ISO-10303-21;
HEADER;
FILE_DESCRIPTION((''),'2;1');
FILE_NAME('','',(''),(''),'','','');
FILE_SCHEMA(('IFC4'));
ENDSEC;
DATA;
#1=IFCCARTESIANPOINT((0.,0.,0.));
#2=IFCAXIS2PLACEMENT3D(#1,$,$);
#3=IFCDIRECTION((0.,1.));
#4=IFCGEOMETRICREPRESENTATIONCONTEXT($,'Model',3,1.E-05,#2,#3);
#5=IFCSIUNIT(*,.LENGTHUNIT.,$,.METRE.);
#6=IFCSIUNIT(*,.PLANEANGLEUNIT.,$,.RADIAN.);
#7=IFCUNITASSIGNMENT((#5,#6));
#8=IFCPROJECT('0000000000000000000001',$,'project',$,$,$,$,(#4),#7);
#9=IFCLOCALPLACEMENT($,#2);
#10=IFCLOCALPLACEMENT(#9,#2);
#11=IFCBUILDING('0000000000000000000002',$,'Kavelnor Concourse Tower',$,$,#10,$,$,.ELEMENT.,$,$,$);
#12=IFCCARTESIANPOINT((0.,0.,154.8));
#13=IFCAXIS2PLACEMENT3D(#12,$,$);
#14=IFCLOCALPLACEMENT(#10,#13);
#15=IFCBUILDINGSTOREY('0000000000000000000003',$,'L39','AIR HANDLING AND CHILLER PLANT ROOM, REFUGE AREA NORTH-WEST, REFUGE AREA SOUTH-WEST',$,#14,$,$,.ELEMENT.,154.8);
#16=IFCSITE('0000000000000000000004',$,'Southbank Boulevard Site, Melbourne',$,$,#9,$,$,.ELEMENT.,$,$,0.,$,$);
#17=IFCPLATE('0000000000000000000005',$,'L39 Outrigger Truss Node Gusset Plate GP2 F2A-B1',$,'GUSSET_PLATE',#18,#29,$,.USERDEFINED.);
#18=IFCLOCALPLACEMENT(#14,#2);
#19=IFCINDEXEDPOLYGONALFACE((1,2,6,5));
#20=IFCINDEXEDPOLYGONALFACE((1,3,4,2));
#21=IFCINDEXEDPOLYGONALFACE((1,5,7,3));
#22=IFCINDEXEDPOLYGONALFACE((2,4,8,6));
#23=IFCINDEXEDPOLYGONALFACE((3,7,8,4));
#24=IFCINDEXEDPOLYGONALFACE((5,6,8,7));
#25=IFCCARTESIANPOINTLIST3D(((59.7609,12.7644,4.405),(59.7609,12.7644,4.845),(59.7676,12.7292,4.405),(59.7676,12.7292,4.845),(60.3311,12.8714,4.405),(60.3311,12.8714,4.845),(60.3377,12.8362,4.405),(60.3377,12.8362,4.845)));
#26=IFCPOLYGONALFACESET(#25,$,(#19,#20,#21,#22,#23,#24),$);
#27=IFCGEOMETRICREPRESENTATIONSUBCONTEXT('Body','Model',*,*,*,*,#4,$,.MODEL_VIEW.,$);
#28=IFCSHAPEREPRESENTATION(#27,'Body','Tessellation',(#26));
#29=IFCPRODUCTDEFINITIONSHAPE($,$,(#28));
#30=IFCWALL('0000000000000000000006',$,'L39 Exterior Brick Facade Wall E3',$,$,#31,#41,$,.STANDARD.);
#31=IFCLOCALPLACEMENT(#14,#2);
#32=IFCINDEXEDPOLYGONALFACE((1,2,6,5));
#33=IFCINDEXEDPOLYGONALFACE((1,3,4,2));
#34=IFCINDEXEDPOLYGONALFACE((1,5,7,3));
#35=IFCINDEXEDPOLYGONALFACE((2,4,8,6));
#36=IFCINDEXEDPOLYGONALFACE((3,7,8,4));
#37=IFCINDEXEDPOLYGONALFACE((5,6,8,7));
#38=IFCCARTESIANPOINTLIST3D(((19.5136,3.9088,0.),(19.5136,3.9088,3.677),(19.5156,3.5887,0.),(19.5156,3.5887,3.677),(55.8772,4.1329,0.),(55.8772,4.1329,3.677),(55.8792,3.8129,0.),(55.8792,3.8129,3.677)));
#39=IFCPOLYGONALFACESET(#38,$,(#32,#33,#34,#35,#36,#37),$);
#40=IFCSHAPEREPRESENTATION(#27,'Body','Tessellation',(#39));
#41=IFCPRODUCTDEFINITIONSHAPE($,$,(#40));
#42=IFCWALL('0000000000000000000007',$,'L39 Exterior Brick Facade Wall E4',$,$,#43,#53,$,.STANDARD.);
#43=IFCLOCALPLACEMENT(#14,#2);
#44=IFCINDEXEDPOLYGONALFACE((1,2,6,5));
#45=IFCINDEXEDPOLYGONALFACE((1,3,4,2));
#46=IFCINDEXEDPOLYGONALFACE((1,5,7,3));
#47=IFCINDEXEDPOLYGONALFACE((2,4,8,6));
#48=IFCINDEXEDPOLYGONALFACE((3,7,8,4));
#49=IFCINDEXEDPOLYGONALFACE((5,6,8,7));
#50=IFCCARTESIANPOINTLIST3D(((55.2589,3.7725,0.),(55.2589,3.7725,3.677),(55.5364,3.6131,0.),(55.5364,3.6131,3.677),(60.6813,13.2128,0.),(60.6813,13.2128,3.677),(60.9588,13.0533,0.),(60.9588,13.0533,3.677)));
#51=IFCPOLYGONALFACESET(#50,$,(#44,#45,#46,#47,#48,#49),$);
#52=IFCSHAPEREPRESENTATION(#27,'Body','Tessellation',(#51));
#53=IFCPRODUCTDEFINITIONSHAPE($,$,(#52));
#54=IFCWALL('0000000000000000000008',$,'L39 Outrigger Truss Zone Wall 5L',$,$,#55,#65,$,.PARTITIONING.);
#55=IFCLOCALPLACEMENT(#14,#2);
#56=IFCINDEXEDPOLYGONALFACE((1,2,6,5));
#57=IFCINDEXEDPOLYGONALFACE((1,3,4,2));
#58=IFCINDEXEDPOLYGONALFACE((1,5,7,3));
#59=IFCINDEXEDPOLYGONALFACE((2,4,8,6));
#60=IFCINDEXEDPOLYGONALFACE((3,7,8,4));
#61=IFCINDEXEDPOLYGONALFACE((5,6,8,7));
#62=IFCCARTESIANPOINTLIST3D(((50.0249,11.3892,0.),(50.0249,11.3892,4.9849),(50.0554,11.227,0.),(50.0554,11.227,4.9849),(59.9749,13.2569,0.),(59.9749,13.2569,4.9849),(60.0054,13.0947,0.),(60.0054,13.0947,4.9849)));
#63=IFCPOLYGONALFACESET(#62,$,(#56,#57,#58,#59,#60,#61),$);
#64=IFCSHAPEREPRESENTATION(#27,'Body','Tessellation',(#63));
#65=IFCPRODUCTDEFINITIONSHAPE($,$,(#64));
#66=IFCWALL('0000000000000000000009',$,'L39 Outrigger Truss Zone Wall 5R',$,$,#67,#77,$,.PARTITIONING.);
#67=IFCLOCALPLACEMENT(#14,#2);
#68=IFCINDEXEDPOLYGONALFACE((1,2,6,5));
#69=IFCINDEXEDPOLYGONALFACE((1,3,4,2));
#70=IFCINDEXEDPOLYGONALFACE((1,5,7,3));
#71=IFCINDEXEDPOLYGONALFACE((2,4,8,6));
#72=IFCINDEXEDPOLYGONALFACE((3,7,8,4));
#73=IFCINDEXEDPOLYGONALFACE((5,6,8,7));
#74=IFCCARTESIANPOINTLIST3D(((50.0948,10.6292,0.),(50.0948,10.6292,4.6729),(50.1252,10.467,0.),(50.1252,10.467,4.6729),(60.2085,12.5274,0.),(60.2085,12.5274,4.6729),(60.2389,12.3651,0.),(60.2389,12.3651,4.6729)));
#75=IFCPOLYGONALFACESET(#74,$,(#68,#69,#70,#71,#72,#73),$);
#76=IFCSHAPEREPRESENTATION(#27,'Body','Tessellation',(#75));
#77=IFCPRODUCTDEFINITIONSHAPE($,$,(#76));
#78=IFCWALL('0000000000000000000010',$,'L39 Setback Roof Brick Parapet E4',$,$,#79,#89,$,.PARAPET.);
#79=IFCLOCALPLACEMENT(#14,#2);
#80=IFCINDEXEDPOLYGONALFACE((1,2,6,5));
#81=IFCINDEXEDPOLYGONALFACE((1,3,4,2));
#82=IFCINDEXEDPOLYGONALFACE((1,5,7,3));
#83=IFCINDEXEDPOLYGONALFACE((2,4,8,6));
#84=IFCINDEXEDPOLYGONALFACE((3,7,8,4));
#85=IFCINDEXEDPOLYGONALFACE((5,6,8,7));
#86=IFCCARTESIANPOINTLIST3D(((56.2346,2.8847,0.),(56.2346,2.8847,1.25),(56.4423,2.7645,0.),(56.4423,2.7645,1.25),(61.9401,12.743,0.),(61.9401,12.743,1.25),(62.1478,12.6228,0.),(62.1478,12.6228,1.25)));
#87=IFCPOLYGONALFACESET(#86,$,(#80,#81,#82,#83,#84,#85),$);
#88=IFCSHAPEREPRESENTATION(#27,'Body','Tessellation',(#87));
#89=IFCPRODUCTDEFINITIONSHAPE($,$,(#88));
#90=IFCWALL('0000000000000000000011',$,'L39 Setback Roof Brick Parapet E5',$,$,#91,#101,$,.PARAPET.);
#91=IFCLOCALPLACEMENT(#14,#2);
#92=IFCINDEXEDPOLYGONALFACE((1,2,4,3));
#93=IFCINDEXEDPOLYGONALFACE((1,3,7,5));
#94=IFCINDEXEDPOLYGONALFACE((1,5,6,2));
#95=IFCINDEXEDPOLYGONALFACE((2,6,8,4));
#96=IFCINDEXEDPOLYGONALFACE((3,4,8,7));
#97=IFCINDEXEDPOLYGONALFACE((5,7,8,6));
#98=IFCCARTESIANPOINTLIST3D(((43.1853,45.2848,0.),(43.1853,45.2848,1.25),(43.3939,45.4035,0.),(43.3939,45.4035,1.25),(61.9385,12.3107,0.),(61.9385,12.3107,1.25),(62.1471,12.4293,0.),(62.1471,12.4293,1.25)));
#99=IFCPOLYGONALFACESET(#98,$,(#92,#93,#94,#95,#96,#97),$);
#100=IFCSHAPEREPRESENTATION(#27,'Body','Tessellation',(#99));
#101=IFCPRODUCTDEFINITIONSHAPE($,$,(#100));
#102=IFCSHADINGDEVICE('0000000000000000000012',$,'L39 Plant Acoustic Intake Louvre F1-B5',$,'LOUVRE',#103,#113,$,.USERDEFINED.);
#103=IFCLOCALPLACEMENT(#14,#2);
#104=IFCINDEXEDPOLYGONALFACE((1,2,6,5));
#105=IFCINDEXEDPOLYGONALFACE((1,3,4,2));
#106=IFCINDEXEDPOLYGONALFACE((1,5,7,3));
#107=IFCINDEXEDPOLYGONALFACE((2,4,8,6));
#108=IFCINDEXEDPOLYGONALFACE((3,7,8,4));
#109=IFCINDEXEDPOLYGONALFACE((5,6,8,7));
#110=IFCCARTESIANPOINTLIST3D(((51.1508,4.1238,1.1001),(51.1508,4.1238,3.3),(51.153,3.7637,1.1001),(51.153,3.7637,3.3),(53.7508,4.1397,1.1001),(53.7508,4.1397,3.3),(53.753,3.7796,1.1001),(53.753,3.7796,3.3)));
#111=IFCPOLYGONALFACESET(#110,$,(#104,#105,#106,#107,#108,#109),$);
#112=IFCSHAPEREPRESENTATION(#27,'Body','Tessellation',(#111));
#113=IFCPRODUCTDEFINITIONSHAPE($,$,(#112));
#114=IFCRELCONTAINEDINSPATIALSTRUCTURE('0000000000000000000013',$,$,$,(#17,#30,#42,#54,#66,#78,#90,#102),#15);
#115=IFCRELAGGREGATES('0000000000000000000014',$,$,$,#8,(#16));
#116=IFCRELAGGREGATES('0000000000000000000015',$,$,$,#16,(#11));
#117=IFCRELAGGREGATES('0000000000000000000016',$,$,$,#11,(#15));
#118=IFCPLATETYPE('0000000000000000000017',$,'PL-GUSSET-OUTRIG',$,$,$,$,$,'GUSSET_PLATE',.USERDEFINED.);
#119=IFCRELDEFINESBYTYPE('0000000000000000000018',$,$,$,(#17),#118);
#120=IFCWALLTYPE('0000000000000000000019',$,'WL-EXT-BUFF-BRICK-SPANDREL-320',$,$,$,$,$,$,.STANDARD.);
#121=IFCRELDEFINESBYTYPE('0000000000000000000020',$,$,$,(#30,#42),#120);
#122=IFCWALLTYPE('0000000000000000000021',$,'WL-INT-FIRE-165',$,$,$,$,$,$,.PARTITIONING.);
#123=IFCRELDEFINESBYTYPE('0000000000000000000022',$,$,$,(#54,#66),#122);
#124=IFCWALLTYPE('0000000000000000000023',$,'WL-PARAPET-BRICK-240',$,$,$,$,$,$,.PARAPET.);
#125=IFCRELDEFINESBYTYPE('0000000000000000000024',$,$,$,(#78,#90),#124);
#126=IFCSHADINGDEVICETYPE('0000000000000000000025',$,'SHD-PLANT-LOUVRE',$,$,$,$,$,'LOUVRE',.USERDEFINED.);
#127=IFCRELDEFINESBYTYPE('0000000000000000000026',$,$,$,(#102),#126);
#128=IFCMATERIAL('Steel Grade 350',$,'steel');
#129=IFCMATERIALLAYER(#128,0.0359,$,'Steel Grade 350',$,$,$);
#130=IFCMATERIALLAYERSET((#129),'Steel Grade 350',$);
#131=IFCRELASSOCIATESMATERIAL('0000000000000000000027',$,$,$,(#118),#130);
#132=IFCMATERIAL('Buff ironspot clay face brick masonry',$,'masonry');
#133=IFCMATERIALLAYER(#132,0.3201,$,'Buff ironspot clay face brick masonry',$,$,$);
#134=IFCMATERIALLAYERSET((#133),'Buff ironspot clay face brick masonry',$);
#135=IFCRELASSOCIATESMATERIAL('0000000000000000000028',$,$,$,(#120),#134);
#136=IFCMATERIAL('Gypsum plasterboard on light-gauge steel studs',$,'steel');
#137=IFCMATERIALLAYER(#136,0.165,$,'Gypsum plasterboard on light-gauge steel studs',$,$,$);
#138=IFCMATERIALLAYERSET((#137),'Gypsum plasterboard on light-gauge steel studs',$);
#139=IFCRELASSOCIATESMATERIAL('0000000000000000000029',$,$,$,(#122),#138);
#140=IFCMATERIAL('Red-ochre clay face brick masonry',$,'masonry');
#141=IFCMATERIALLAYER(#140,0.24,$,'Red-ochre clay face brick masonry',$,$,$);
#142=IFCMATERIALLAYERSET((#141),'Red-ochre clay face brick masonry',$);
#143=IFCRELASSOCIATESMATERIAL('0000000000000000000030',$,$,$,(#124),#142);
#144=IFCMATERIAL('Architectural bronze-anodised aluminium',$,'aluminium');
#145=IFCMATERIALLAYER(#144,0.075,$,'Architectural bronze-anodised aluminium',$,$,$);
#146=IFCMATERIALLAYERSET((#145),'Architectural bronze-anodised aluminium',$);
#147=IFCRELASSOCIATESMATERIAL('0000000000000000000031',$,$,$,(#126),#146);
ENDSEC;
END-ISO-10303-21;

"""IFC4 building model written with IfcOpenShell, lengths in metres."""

from ifc_helpers import new_model, si_unit, direction, frame, frame_2d, origin, origin_2d, place, context, subcontext, project, spatial, rectangle, extrude, material, layer, layer_set, type_object, element, save


model = new_model("IFC4")

# Units and contexts
model_context = context("Model", 3, precision=1e-05, world=origin(), true_north=direction((0.0, 1.0)))
body_context = subcontext(model_context, "Body", "Model", "MODEL_VIEW")
ifc_project = project(units=[si_unit("LENGTHUNIT", "METRE"), si_unit("PLANEANGLEUNIT", "RADIAN")], contexts=[model_context])

# Site, building, storey
site_placement = place(None, origin())
site = spatial("IfcSite", under=ifc_project, at=site_placement, Name="Southbank Boulevard Site, Melbourne", CompositionType="ELEMENT", RefElevation=0.0)
building_placement = place(site_placement, origin())
building = spatial("IfcBuilding", under=site, at=building_placement, Name="Kavelnor Concourse Tower", CompositionType="ELEMENT")
storey_placement = place(building_placement, frame((0.0, 0.0, 154.8)))
storey = spatial("IfcBuildingStorey", under=building, at=storey_placement, Name="L39", Description="AIR HANDLING AND CHILLER PLANT ROOM, REFUGE AREA NORTH-WEST, REFUGE AREA SOUTH-WEST", CompositionType="ELEMENT", Elevation=154.8)

# Shared definitions
ifc_material_1 = material(Name="Steel Grade 350", Category="steel")

# Plate
ifc_layer_1 = layer(ifc_material_1, 0.0359, Name="Steel Grade 350")
ifc_layer_set_1 = layer_set([ifc_layer_1], Name="Steel Grade 350")
plate_type = type_object("IfcPlateType", Name="PL-GUSSET-OUTRIG", ElementType="GUSSET_PLATE", PredefinedType="USERDEFINED", material=ifc_layer_set_1)
for number, where, z_axis, x_axis, name in (
    (1, (60.0493, 12.8003, 4.405), (0.0, 0.0, 1.0), (0.982839, 0.184466, 0.0), "L39 Outrigger Truss Node Gusset Plate GP2 F2A-B1"),
):
    element("IfcPlate", number, at=place(storey_placement, frame(where, z_axis=z_axis, x_axis=x_axis)), inside=storey, type_object=plate_type, Name=name, ObjectType="GUSSET_PLATE", PredefinedType="USERDEFINED", context=body_context, shape_type="SweptSolid", body=[
        extrude(rectangle(XDim=0.5801, YDim=0.0359, at=origin_2d()), origin(), (0.0, 0.0, 1.0), 0.4399),
    ])

# Walls
ifc_material_2 = material(Name="Buff ironspot clay face brick masonry", Category="masonry")
ifc_layer_2 = layer(ifc_material_2, 0.3201, Name="Buff ironspot clay face brick masonry")
ifc_layer_set_2 = layer_set([ifc_layer_2], Name="Buff ironspot clay face brick masonry")
wall_type_1 = type_object("IfcWallType", Name="WL-EXT-BUFF-BRICK-SPANDREL-320", PredefinedType="STANDARD", material=ifc_layer_set_2)
wall_1_placement = place(storey_placement, frame((55.8782, 3.9729, 0.0), z_axis=(0.0, 0.0, 1.0), x_axis=(-0.999981, -0.006163, 0.0)))
element("IfcWall", 2, at=wall_1_placement, inside=storey, type_object=wall_type_1, Name="L39 Exterior Brick Facade Wall E3", PredefinedType="STANDARD", context=body_context, shape_type="SweptSolid", body=[
    extrude(rectangle(XDim=36.3643, YDim=0.3201, at=frame_2d((18.1821, 0.0))), origin(), (0.0, 0.0, 1.0), 3.677),
])
wall_2_placement = place(storey_placement, frame((60.8201, 13.1331, 0.0), z_axis=(0.0, 0.0, 1.0), x_axis=(-0.498075, -0.867134, 0.0)))
element("IfcWall", 3, at=wall_2_placement, inside=storey, type_object=wall_type_1, Name="L39 Exterior Brick Facade Wall E4", PredefinedType="STANDARD", context=body_context, shape_type="SweptSolid", body=[
    extrude(rectangle(XDim=10.8867, YDim=0.3201, at=frame_2d((5.4434, 0.0))), origin(), (0.0, 0.0, 1.0), 3.677),
])
ifc_material_3 = material(Name="Gypsum plasterboard on light-gauge steel studs", Category="steel")
ifc_layer_3 = layer(ifc_material_3, 0.165, Name="Gypsum plasterboard on light-gauge steel studs")
ifc_layer_set_3 = layer_set([ifc_layer_3], Name="Gypsum plasterboard on light-gauge steel studs")
wall_type_2 = type_object("IfcWallType", Name="WL-INT-FIRE-165", PredefinedType="PARTITIONING", material=ifc_layer_set_3)
wall_3_placement = place(storey_placement, frame((50.04, 11.3081, 0.0), z_axis=(0.0, 0.0, 1.0), x_axis=(0.982835, 0.184485, 0.0)))
element("IfcWall", 4, at=wall_3_placement, inside=storey, type_object=wall_type_2, Name="L39 Outrigger Truss Zone Wall 5L", PredefinedType="PARTITIONING", context=body_context, shape_type="SweptSolid", body=[
    extrude(rectangle(XDim=10.1238, YDim=0.165, at=frame_2d((5.062, 0.0))), origin(), (0.0, 0.0, 1.0), 4.9849),
])
wall_4_placement = place(storey_placement, frame((50.1101, 10.5481, 0.0), z_axis=(0.0, 0.0, 1.0), x_axis=(0.982839, 0.184463, 0.0)))
element("IfcWall", 5, at=wall_4_placement, inside=storey, type_object=wall_type_2, Name="L39 Outrigger Truss Zone Wall 5R", PredefinedType="PARTITIONING", context=body_context, shape_type="SweptSolid", body=[
    extrude(rectangle(XDim=10.2903, YDim=0.165, at=frame_2d((5.145, 0.0))), origin(), (0.0, 0.0, 1.0), 4.6729),
])
ifc_material_4 = material(Name="Red-ochre clay face brick masonry", Category="masonry")
ifc_layer_4 = layer(ifc_material_4, 0.24, Name="Red-ochre clay face brick masonry")
ifc_layer_set_4 = layer_set([ifc_layer_4], Name="Red-ochre clay face brick masonry")
wall_type_3 = type_object("IfcWallType", Name="WL-PARAPET-BRICK-240", PredefinedType="PARAPET", material=ifc_layer_set_4)
wall_5_placement = place(storey_placement, frame((56.3384, 2.8245, 0.0), z_axis=(0.0, 0.0, 1.0), x_axis=(0.50091, 0.8655, 0.0)))
element("IfcWall", 6, at=wall_5_placement, inside=storey, type_object=wall_type_3, Name="L39 Setback Roof Brick Parapet E4", PredefinedType="PARAPET", context=body_context, shape_type="SweptSolid", body=[
    extrude(rectangle(XDim=11.3904, YDim=0.24, at=frame_2d((5.6953, 0.0))), origin(), (0.0, 0.0, 1.0), 1.25),
])
wall_6_placement = place(storey_placement, frame((62.0427, 12.3701, 0.0), z_axis=(0.0, 0.0, 1.0), x_axis=(-0.494366, 0.869254, 0.0)))
element("IfcWall", 7, at=wall_6_placement, inside=storey, type_object=wall_type_3, Name="L39 Setback Roof Brick Parapet E5", PredefinedType="PARAPET", context=body_context, shape_type="SweptSolid", body=[
    extrude(rectangle(XDim=37.9338, YDim=0.24, at=frame_2d((18.9668, 0.0))), origin(), (0.0, 0.0, 1.0), 1.25),
])

# Shading device
ifc_material_5 = material(Name="Architectural bronze-anodised aluminium", Category="aluminium")
ifc_layer_5 = layer(ifc_material_5, 0.075, Name="Architectural bronze-anodised aluminium")
ifc_layer_set_5 = layer_set([ifc_layer_5], Name="Architectural bronze-anodised aluminium")
shading_device_type = type_object("IfcShadingDeviceType", Name="SHD-PLANT-LOUVRE", ElementType="LOUVRE", PredefinedType="USERDEFINED", material=ifc_layer_set_5)
shading_device_placement = place(storey_placement, frame((52.4519, 3.9517, 1.1001), z_axis=(0.0, 0.0, 1.0), x_axis=(-0.999981, -0.006109, 0.0)))
element("IfcShadingDevice", 8, at=shading_device_placement, inside=storey, type_object=shading_device_type, Name="L39 Plant Acoustic Intake Louvre F1-B5", ObjectType="LOUVRE", PredefinedType="USERDEFINED", context=body_context, shape_type="SweptSolid", body=[
    extrude(rectangle(XDim=2.6001, YDim=0.3601, at=origin_2d()), origin(), (0.0, 0.0, 1.0), 2.2),
])

save(model, "model.ifc")
